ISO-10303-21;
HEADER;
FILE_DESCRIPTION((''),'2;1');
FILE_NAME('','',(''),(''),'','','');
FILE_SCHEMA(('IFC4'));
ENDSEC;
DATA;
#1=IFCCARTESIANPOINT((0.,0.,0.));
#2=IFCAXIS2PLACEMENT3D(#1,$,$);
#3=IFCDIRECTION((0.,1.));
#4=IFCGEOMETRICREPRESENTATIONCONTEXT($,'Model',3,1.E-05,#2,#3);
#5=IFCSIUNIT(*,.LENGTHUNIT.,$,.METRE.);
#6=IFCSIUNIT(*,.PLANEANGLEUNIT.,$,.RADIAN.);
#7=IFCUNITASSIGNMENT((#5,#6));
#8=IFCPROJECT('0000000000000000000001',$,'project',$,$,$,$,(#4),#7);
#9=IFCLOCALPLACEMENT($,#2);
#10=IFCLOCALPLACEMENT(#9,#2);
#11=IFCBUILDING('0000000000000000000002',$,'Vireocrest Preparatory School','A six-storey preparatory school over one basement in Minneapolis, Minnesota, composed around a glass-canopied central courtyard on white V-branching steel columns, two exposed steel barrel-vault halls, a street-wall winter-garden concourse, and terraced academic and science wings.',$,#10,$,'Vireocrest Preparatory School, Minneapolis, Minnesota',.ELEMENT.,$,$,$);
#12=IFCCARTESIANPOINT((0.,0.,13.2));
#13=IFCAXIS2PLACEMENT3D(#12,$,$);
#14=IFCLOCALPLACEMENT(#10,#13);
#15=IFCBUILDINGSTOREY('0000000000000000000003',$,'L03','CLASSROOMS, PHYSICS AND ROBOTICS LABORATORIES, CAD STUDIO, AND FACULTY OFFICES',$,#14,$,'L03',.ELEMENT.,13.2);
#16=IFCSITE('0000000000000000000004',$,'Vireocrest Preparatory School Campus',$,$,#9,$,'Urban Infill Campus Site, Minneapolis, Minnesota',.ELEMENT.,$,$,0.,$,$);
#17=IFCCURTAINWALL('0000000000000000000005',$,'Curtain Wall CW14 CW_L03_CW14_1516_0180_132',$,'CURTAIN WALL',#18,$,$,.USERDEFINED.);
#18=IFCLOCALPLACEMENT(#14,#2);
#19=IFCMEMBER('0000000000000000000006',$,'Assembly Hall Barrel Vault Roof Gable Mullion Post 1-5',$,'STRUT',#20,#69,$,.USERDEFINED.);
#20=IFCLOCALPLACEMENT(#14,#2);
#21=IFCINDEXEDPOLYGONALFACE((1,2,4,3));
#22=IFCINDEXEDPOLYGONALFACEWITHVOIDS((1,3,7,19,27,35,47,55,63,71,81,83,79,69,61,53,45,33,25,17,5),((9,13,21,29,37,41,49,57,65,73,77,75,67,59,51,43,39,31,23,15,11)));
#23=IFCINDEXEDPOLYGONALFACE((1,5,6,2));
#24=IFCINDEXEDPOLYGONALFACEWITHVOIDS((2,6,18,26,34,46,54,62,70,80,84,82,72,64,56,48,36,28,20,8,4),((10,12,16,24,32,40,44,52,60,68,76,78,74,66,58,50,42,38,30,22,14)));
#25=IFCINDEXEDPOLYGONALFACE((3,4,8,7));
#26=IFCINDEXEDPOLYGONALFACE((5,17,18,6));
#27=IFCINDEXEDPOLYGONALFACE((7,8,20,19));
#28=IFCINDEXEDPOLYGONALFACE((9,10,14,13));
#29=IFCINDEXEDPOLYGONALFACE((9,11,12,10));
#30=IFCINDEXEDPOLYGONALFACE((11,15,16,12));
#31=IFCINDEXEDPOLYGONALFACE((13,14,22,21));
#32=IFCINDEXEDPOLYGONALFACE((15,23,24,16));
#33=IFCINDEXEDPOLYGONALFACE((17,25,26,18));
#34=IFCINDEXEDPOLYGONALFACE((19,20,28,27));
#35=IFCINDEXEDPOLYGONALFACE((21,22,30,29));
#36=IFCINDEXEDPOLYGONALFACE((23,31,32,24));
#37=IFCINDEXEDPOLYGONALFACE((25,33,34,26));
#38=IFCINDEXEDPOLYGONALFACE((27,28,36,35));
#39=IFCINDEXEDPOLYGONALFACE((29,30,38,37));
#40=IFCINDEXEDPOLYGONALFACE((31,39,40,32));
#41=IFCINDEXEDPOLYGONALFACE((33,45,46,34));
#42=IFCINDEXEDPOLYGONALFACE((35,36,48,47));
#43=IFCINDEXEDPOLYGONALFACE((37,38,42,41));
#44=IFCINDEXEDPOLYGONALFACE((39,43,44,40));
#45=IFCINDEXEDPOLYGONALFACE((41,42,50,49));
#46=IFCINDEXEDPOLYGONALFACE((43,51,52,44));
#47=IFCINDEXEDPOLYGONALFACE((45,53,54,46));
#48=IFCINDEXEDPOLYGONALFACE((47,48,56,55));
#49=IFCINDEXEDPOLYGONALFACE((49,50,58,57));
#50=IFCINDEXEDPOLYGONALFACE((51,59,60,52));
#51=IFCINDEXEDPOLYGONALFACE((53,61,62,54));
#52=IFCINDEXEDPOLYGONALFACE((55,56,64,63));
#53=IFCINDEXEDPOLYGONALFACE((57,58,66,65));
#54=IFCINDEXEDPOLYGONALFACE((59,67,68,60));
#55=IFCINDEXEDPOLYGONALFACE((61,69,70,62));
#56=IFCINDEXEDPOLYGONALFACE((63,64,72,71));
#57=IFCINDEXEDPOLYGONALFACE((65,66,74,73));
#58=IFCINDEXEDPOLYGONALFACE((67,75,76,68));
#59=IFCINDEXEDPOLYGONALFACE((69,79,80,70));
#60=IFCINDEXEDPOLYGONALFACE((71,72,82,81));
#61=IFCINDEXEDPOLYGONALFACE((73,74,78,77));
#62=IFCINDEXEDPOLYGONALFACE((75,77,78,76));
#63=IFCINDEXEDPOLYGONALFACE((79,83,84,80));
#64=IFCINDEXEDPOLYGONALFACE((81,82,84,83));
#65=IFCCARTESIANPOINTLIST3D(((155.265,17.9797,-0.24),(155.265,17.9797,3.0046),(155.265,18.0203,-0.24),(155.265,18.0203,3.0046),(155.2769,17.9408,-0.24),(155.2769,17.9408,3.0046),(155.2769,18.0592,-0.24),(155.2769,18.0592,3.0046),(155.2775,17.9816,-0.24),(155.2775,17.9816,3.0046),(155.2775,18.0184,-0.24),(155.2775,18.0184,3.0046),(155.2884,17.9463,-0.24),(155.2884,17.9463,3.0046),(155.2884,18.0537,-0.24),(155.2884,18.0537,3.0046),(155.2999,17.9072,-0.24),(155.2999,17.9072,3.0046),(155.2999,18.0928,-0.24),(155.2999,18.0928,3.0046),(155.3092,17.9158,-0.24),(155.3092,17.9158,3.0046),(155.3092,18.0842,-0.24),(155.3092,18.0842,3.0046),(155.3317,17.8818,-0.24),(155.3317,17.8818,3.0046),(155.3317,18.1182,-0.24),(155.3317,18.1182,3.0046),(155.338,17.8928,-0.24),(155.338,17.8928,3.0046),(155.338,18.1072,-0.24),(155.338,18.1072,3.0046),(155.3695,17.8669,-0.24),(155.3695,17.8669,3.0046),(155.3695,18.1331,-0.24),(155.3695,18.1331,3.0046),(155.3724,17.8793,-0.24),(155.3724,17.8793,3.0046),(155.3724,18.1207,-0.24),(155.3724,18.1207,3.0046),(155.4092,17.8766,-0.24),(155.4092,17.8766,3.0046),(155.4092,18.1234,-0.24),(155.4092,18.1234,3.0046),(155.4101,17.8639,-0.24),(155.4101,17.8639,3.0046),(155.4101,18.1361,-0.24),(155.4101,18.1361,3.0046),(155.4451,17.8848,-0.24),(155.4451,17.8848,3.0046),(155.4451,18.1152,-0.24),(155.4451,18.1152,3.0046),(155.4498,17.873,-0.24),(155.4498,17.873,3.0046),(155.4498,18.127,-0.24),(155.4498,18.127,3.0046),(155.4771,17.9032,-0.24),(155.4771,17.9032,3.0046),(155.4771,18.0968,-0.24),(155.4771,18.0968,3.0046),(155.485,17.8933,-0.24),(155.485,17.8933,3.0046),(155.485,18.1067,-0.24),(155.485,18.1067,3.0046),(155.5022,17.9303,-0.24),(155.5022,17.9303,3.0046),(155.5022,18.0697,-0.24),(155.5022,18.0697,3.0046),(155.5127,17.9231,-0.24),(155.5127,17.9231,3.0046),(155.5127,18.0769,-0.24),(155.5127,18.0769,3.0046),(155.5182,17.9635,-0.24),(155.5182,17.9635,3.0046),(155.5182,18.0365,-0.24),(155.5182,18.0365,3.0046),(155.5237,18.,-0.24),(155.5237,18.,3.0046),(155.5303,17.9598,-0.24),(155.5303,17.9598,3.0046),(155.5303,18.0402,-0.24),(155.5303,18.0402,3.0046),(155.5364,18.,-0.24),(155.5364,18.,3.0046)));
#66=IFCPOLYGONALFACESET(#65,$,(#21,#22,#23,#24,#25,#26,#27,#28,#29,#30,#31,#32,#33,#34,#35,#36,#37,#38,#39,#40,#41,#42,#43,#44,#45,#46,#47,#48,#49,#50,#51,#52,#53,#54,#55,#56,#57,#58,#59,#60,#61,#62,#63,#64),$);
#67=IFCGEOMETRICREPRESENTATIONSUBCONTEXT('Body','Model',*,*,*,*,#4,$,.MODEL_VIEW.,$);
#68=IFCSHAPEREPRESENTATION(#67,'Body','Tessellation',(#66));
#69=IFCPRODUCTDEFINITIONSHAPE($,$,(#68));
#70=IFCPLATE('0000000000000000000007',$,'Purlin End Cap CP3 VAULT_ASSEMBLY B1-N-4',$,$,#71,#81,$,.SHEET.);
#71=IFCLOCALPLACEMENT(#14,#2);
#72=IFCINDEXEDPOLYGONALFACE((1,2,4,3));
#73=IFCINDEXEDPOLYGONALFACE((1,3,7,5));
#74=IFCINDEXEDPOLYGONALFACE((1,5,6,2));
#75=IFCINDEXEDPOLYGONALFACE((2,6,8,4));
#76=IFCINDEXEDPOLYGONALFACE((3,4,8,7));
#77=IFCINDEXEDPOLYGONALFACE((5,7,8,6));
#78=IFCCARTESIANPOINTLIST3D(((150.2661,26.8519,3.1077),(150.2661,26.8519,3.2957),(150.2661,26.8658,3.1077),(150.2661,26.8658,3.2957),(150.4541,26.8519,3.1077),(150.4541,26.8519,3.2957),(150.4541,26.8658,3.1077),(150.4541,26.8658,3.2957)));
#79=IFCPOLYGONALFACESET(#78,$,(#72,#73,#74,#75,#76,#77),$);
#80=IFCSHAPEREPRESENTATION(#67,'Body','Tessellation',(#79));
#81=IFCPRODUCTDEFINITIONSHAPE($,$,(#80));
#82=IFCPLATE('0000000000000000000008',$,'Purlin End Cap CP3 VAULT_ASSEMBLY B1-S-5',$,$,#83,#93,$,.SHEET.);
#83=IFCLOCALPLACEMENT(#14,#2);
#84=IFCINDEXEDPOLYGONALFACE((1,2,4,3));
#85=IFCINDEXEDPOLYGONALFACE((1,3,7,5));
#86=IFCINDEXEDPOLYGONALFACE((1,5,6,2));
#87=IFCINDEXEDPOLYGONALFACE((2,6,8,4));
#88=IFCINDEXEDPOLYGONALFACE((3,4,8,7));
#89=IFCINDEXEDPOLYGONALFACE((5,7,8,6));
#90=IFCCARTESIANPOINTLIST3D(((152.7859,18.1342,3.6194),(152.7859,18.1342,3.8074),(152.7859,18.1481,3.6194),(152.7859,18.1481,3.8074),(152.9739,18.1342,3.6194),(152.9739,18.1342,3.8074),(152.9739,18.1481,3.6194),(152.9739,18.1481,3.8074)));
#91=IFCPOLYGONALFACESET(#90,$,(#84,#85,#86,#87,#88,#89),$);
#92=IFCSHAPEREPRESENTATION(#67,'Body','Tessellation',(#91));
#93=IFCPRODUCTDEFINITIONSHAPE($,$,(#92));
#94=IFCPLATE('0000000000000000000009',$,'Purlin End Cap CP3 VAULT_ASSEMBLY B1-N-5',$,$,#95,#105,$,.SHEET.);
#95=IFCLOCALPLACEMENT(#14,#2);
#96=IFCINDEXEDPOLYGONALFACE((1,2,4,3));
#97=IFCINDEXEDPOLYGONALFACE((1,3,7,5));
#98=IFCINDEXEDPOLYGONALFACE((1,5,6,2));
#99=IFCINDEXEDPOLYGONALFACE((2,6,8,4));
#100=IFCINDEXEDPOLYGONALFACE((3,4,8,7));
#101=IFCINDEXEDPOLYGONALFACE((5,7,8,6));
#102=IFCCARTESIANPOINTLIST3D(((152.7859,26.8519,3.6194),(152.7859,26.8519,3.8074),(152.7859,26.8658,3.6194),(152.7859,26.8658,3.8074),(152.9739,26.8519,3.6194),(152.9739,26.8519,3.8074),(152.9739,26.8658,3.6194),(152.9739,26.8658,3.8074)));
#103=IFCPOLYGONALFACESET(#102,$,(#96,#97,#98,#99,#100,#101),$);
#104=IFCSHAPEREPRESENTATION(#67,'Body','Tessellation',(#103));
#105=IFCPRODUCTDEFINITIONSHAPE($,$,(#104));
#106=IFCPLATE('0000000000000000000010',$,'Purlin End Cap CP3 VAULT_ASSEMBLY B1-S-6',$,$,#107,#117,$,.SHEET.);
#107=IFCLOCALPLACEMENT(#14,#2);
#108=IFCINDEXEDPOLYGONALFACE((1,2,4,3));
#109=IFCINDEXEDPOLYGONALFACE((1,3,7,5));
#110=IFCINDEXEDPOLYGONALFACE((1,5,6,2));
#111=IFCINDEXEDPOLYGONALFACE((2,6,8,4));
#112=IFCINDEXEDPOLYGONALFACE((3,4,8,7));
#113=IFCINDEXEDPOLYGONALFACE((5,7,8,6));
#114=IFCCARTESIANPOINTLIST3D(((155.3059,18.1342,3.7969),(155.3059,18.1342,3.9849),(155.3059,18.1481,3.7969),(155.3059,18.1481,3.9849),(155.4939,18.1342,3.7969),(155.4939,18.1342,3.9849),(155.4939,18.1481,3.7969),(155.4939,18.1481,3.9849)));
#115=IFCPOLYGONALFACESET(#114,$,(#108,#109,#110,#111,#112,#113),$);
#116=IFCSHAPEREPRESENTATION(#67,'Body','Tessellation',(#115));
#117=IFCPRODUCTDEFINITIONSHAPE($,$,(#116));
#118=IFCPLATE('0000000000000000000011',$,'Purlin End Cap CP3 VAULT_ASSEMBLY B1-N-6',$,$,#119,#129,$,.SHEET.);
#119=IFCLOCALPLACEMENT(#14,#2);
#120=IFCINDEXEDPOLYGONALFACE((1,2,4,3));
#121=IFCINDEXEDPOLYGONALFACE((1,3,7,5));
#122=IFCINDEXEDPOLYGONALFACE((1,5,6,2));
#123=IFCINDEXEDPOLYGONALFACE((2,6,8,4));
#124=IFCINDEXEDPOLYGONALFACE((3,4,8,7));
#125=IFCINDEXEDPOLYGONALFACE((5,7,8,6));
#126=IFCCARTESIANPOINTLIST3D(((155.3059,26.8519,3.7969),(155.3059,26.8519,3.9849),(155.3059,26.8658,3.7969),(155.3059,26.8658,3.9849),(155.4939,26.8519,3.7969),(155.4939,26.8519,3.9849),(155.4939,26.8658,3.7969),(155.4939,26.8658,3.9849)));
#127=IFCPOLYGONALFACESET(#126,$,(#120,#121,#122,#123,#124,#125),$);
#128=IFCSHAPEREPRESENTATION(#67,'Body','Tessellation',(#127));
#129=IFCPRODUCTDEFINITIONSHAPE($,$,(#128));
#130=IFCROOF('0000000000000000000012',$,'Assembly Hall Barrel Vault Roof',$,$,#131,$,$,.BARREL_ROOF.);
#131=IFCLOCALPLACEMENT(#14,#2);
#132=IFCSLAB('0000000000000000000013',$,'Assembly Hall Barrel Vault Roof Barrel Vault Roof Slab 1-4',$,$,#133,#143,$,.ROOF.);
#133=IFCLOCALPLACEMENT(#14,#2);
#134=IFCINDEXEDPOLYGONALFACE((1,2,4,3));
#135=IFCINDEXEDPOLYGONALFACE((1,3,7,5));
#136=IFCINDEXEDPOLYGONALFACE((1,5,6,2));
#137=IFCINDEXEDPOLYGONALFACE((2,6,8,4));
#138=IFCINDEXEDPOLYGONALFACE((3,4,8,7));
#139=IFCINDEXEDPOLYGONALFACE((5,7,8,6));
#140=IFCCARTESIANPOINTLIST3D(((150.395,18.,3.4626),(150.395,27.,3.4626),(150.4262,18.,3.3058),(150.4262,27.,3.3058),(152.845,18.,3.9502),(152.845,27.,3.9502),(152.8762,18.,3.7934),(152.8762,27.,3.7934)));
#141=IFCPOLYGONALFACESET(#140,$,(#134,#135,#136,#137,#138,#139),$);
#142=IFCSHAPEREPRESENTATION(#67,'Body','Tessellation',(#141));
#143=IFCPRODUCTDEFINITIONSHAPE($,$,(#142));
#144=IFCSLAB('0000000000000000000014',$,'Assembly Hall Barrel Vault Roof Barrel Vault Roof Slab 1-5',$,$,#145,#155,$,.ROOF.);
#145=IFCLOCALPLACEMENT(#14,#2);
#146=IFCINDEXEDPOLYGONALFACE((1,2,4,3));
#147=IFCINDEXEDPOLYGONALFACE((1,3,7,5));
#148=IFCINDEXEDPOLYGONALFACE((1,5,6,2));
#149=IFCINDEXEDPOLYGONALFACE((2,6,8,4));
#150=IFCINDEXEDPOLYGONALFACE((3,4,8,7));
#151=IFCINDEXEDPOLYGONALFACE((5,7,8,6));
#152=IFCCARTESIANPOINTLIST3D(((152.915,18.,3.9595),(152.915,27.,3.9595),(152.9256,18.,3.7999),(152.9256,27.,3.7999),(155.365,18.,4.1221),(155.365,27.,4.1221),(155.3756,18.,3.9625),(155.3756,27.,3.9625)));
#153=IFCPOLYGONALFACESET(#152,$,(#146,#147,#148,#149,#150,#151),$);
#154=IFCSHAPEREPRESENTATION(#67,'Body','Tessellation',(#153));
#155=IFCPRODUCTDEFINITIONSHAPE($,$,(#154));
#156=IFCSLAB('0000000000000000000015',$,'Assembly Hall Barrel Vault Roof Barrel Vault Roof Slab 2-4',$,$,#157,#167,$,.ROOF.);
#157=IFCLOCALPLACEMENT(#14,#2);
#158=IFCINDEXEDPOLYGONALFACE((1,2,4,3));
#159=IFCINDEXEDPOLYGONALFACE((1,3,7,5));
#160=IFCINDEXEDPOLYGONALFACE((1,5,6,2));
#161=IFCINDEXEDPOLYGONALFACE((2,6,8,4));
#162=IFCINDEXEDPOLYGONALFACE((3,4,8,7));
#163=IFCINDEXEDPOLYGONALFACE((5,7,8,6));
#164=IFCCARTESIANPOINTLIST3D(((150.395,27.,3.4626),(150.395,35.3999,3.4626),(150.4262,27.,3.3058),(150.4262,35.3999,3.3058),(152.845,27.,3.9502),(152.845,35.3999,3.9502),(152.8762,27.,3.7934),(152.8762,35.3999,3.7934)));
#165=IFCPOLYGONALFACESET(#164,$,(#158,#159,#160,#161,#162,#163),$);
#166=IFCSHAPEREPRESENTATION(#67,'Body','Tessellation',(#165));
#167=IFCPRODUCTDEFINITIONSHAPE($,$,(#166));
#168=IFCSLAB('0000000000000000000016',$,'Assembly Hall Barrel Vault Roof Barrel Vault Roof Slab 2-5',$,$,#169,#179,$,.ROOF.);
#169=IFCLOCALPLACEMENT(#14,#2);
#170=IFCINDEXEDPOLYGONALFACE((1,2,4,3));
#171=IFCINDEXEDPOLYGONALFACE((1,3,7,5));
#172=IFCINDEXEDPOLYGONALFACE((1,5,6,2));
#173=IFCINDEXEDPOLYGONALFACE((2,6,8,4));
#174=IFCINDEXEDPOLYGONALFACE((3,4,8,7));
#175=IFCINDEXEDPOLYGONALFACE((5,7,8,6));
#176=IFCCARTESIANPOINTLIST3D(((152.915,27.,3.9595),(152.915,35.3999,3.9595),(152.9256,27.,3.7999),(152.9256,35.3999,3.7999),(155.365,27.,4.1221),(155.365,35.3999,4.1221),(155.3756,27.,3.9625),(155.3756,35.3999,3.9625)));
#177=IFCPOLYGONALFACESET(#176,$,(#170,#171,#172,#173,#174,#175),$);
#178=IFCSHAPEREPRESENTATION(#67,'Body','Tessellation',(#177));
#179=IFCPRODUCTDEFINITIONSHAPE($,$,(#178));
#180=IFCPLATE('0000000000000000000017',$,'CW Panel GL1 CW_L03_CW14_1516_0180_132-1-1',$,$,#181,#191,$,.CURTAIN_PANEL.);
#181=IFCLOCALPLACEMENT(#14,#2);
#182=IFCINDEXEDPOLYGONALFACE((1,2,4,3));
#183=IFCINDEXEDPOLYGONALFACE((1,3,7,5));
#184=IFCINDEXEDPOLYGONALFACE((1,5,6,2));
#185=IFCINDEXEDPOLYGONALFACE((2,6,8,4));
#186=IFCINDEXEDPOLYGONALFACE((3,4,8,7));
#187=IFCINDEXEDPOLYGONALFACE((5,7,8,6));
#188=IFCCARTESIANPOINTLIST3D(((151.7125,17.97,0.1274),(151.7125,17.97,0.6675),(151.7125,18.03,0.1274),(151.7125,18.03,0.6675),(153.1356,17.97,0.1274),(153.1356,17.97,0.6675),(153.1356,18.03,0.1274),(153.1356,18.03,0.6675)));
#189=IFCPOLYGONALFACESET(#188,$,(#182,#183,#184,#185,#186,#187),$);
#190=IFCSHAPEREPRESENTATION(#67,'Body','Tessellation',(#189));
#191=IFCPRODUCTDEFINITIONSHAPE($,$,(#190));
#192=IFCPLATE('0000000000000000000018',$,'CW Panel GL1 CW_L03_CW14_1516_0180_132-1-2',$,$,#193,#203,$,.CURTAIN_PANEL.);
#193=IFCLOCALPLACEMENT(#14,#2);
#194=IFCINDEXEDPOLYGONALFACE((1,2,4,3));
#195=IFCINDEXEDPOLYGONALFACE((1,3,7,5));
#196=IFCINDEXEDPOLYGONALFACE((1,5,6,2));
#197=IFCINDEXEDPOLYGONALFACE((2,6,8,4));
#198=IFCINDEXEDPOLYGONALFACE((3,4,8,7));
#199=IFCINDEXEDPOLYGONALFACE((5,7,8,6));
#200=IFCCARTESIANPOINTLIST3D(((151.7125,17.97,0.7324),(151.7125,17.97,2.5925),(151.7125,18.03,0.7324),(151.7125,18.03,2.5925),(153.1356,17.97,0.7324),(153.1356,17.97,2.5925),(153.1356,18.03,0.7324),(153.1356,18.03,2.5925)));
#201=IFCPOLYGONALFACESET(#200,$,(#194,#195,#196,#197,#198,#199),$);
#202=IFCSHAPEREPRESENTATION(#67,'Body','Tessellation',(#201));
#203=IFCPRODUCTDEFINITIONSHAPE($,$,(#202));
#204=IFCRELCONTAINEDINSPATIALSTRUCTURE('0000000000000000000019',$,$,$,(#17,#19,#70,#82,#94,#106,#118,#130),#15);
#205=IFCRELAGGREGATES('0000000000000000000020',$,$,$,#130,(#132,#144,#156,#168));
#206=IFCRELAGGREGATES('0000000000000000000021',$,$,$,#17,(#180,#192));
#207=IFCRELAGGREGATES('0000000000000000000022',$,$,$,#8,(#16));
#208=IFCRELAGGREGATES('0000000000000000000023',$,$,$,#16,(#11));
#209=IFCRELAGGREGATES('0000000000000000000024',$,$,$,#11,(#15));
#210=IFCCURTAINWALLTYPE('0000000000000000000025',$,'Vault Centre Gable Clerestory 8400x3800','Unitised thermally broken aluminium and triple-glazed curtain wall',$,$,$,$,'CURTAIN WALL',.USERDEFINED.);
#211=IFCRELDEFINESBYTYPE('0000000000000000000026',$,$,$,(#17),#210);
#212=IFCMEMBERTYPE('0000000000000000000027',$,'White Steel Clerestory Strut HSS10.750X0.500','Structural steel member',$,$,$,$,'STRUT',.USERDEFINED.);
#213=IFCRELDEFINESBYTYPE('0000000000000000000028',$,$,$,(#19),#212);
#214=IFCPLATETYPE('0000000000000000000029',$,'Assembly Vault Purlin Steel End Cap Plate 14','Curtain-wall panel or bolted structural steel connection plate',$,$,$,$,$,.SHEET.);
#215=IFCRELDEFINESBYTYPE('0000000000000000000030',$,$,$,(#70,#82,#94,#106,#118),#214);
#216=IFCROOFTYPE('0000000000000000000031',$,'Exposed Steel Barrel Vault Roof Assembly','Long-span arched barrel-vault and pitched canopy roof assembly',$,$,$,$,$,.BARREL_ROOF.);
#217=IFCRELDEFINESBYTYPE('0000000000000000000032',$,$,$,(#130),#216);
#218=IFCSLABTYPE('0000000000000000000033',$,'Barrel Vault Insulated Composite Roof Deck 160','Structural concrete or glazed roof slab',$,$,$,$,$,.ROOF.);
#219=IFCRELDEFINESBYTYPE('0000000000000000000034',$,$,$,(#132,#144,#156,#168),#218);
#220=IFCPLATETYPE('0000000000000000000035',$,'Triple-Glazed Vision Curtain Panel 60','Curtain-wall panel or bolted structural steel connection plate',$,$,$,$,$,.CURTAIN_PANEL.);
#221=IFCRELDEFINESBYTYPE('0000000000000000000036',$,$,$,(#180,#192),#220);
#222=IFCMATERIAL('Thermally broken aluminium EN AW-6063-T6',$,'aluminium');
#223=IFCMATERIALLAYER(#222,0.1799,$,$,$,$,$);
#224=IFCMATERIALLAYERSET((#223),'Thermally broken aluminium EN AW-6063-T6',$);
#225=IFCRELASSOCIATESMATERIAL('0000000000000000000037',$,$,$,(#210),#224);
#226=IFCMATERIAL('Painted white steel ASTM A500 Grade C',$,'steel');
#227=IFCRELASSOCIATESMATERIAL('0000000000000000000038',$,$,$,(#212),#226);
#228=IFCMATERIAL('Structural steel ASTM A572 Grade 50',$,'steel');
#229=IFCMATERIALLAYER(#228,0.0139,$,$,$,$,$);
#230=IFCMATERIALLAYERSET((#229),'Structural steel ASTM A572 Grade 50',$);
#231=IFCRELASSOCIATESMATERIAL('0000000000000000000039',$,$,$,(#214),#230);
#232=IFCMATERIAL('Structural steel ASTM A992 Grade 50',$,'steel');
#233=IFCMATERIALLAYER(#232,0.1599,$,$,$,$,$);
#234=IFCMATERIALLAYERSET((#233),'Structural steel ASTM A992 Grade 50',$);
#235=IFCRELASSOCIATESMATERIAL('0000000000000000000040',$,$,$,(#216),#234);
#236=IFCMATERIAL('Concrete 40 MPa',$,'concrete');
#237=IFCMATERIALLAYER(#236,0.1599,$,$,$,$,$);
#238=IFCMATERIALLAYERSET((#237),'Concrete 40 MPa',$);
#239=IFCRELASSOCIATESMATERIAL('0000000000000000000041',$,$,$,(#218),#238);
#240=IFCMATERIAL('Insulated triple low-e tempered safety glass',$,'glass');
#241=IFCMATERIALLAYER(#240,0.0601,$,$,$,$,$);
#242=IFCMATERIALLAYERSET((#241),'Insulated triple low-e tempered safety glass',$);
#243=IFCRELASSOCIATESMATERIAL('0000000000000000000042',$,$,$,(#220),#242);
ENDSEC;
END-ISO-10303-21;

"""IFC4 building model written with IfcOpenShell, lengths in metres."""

from ifc_helpers import new_model, si_unit, direction, frame, origin, origin_2d, place, context, subcontext, project, spatial, polyline, rectangle, hollow_circle, outline, extrude, material, layer, layer_set, material_profile, profile_set, type_object, element, aggregate, save


model = new_model("IFC4")

# Units and contexts
model_context = context("Model", 3, precision=1e-05, world=origin(), true_north=direction((0.0, 1.0)))
body_context = subcontext(model_context, "Body", "Model", "MODEL_VIEW")
ifc_project = project(units=[si_unit("LENGTHUNIT", "METRE"), si_unit("PLANEANGLEUNIT", "RADIAN")], contexts=[model_context])

# Site, building, storey
site_placement = place(None, origin())
site = spatial("IfcSite", under=ifc_project, at=site_placement, Name="Vireocrest Preparatory School Campus", LongName="Urban Infill Campus Site, Minneapolis, Minnesota", CompositionType="ELEMENT", RefElevation=0.0)
building_placement = place(site_placement, origin())
building = spatial("IfcBuilding", under=site, at=building_placement, Name="Vireocrest Preparatory School", Description="A six-storey preparatory school over one basement in Minneapolis, Minnesota, composed around a glass-canopied central courtyard on white V-branching steel columns, two exposed steel barrel-vault halls, a street-wall winter-garden concourse, and terraced academic and science wings.", LongName="Vireocrest Preparatory School, Minneapolis, Minnesota", CompositionType="ELEMENT")
storey_placement = place(building_placement, frame((0.0, 0.0, 13.2)))
storey = spatial("IfcBuildingStorey", under=building, at=storey_placement, Name="L03", Description="CLASSROOMS, PHYSICS AND ROBOTICS LABORATORIES, CAD STUDIO, AND FACULTY OFFICES", LongName="L03", CompositionType="ELEMENT", Elevation=13.2)

# Shared definitions
ifc_material_1 = material(Name="Structural steel ASTM A992 Grade 50", Category="steel")

# Shared definitions
ifc_material_2 = material(Name="Thermally broken aluminium EN AW-6063-T6", Category="aluminium")

# Curtain wall
ifc_layer_1 = layer(ifc_material_2, 0.1799)
ifc_layer_set_1 = layer_set([ifc_layer_1], Name="Thermally broken aluminium EN AW-6063-T6")
curtain_wall_type_1 = type_object("IfcCurtainWallType", Name="Vault Centre Gable Clerestory 8400x3800", Description="Unitised thermally broken aluminium and triple-glazed curtain wall", ElementType="CURTAIN WALL", PredefinedType="USERDEFINED", material=ifc_layer_set_1)
curtain_wall_1_placement = place(storey_placement, origin())
curtain_wall_1 = element("IfcCurtainWall", 1, at=curtain_wall_1_placement, inside=storey, type_object=curtain_wall_type_1, Name="Curtain Wall CW14 CW_L03_CW14_1516_0180_132", ObjectType="CURTAIN WALL", PredefinedType="USERDEFINED")

# Member
ifc_material_3 = material(Name="Painted white steel ASTM A500 Grade C", Category="steel")
ifc_material_profile_1 = material_profile(ifc_material_3, hollow_circle(Radius=0.1365, WallThickness=0.0127, at=origin_2d()), Name="HSS10.750X0.500")
ifc_profile_set_1 = profile_set([ifc_material_profile_1], Name="Painted white steel ASTM A500 Grade C")
member_type_1 = type_object("IfcMemberType", Name="White Steel Clerestory Strut HSS10.750X0.500", Description="Structural steel member", ElementType="STRUT", PredefinedType="USERDEFINED", material=ifc_profile_set_1)
member_1_placement = place(storey_placement, frame((155.3999, 18.0, -0.24), z_axis=(0.0, 0.0, 1.0), x_axis=(1.0, 0.0, 0.0)))
element("IfcMember", 2, at=member_1_placement, inside=storey, type_object=member_type_1, Name="Assembly Hall Barrel Vault Roof Gable Mullion Post 1-5", ObjectType="STRUT", PredefinedType="USERDEFINED", context=body_context, shape_type="SweptSolid", body=[
    extrude(hollow_circle(Radius=0.1365, WallThickness=0.0127, at=origin_2d()), origin(), (0.0, 0.0, 1.0), 3.2446),
])

# Plates
ifc_material_4 = material(Name="Structural steel ASTM A572 Grade 50", Category="steel")
ifc_layer_2 = layer(ifc_material_4, 0.0139)
ifc_layer_set_2 = layer_set([ifc_layer_2], Name="Structural steel ASTM A572 Grade 50")
plate_type_1 = type_object("IfcPlateType", Name="Assembly Vault Purlin Steel End Cap Plate 14", Description="Curtain-wall panel or bolted structural steel connection plate", PredefinedType="SHEET", material=ifc_layer_set_2)
for number, where, z_axis, x_axis, name in (
    (3, (150.3601, 26.8589, 3.1077), (0.0, 0.0, 1.0), (1.0, 0.0, 0.0), "Purlin End Cap CP3 VAULT_ASSEMBLY B1-N-4"),
    (4, (152.8799, 18.1411, 3.6194), (0.0, 0.0, 1.0), (1.0, 0.0, 0.0), "Purlin End Cap CP3 VAULT_ASSEMBLY B1-S-5"),
    (5, (152.8799, 26.8589, 3.6194), (0.0, 0.0, 1.0), (1.0, 0.0, 0.0), "Purlin End Cap CP3 VAULT_ASSEMBLY B1-N-5"),
    (6, (155.3999, 18.1411, 3.7969), (0.0, 0.0, 1.0), (1.0, 0.0, 0.0), "Purlin End Cap CP3 VAULT_ASSEMBLY B1-S-6"),
    (7, (155.3999, 26.8589, 3.7969), (0.0, 0.0, 1.0), (1.0, 0.0, 0.0), "Purlin End Cap CP3 VAULT_ASSEMBLY B1-N-6"),
):
    element("IfcPlate", number, at=place(storey_placement, frame(where, z_axis=z_axis, x_axis=x_axis)), inside=storey, type_object=plate_type_1, Name=name, PredefinedType="SHEET", context=body_context, shape_type="SweptSolid", body=[
        extrude(rectangle(XDim=0.188, YDim=0.0139, at=origin_2d()), origin(), (0.0, 0.0, 1.0), 0.188),
    ])

# Roof, slabs
ifc_layer_3 = layer(ifc_material_1, 0.1599)
ifc_layer_set_3 = layer_set([ifc_layer_3], Name="Structural steel ASTM A992 Grade 50")
roof_type = type_object("IfcRoofType", Name="Exposed Steel Barrel Vault Roof Assembly", Description="Long-span arched barrel-vault and pitched canopy roof assembly", PredefinedType="BARREL_ROOF", material=ifc_layer_set_3)
roof_placement = place(storey_placement, origin())
roof = element("IfcRoof", 8, at=roof_placement, inside=storey, type_object=roof_type, Name="Assembly Hall Barrel Vault Roof", PredefinedType="BARREL_ROOF")
ifc_material_5 = material(Name="Concrete 40 MPa", Category="concrete")
ifc_layer_4 = layer(ifc_material_5, 0.1599)
ifc_layer_set_4 = layer_set([ifc_layer_4], Name="Concrete 40 MPa")
slab_type = type_object("IfcSlabType", Name="Barrel Vault Insulated Composite Roof Deck 160", Description="Structural concrete or glazed roof slab", PredefinedType="ROOF", material=ifc_layer_set_4)
slab_1_placement = place(storey_placement, frame((150.395, 18.0, 3.4626), z_axis=(-0.195176, 0.0, 0.980768), x_axis=(0.980768, 0.0, 0.195176)))
slab_1 = element("IfcSlab", 9, at=slab_1_placement, type_object=slab_type, Name="Assembly Hall Barrel Vault Roof Barrel Vault Roof Slab 1-4", PredefinedType="ROOF", context=body_context, shape_type="SweptSolid", body=[
    extrude(outline(polyline([(0.0, 0.0), (2.498, 0.0), (2.498, 9.0), (0.0, 9.0), (0.0, 0.0)])), origin(), (0.0, 0.0, -1.0), 0.1599),
])
slab_2_placement = place(storey_placement, frame((152.915, 18.0, 3.9595), z_axis=(-0.066222, 0.0, 0.997805), x_axis=(0.997805, 0.0, 0.066222)))
slab_2 = element("IfcSlab", 10, at=slab_2_placement, type_object=slab_type, Name="Assembly Hall Barrel Vault Roof Barrel Vault Roof Slab 1-5", PredefinedType="ROOF", context=body_context, shape_type="SweptSolid", body=[
    extrude(outline(polyline([(0.0, 0.0), (2.4553, 0.0), (2.4553, 9.0), (0.0, 9.0), (0.0, 0.0)])), origin(), (0.0, 0.0, -1.0), 0.1599),
])
slab_3_placement = place(storey_placement, frame((150.395, 27.0, 3.4626), z_axis=(-0.195176, 0.0, 0.980768), x_axis=(0.980768, 0.0, 0.195176)))
slab_3 = element("IfcSlab", 11, at=slab_3_placement, type_object=slab_type, Name="Assembly Hall Barrel Vault Roof Barrel Vault Roof Slab 2-4", PredefinedType="ROOF", context=body_context, shape_type="SweptSolid", body=[
    extrude(outline(polyline([(0.0, 0.0), (2.498, 0.0), (2.498, 8.3999), (0.0, 8.3999), (0.0, 0.0)])), origin(), (0.0, 0.0, -1.0), 0.1599),
])
slab_4_placement = place(storey_placement, frame((152.915, 27.0, 3.9595), z_axis=(-0.066222, 0.0, 0.997805), x_axis=(0.997805, 0.0, 0.066222)))
slab_4 = element("IfcSlab", 12, at=slab_4_placement, type_object=slab_type, Name="Assembly Hall Barrel Vault Roof Barrel Vault Roof Slab 2-5", PredefinedType="ROOF", context=body_context, shape_type="SweptSolid", body=[
    extrude(outline(polyline([(0.0, 0.0), (2.4553, 0.0), (2.4553, 8.3999), (0.0, 8.3999), (0.0, 0.0)])), origin(), (0.0, 0.0, -1.0), 0.1599),
])
aggregate(roof, [slab_1, slab_2, slab_3, slab_4])

# Plates
ifc_material_6 = material(Name="Insulated triple low-e tempered safety glass", Category="glass")
ifc_layer_5 = layer(ifc_material_6, 0.0601)
ifc_layer_set_5 = layer_set([ifc_layer_5], Name="Insulated triple low-e tempered safety glass")
plate_type_2 = type_object("IfcPlateType", Name="Triple-Glazed Vision Curtain Panel 60", Description="Curtain-wall panel or bolted structural steel connection plate", PredefinedType="CURTAIN_PANEL", material=ifc_layer_set_5)
plate_1_placement = place(storey_placement, frame((152.4241, 18.0, 0.1274), z_axis=(0.0, 0.0, 1.0), x_axis=(1.0, 0.0, 0.0)))
plate_1 = element("IfcPlate", 13, at=plate_1_placement, type_object=plate_type_2, Name="CW Panel GL1 CW_L03_CW14_1516_0180_132-1-1", PredefinedType="CURTAIN_PANEL", context=body_context, shape_type="SweptSolid", body=[
    extrude(rectangle(XDim=1.4231, YDim=0.0601, at=origin_2d()), origin(), (0.0, 0.0, 1.0), 0.54),
])
plate_2_placement = place(storey_placement, frame((152.4241, 18.0, 0.7324), z_axis=(0.0, 0.0, 1.0), x_axis=(1.0, 0.0, 0.0)))
plate_2 = element("IfcPlate", 14, at=plate_2_placement, type_object=plate_type_2, Name="CW Panel GL1 CW_L03_CW14_1516_0180_132-1-2", PredefinedType="CURTAIN_PANEL", context=body_context, shape_type="SweptSolid", body=[
    extrude(rectangle(XDim=1.4231, YDim=0.0601, at=origin_2d()), origin(), (0.0, 0.0, 1.0), 1.8601),
])
aggregate(curtain_wall_1, [plate_1, plate_2])

save(model, "model.ifc")
